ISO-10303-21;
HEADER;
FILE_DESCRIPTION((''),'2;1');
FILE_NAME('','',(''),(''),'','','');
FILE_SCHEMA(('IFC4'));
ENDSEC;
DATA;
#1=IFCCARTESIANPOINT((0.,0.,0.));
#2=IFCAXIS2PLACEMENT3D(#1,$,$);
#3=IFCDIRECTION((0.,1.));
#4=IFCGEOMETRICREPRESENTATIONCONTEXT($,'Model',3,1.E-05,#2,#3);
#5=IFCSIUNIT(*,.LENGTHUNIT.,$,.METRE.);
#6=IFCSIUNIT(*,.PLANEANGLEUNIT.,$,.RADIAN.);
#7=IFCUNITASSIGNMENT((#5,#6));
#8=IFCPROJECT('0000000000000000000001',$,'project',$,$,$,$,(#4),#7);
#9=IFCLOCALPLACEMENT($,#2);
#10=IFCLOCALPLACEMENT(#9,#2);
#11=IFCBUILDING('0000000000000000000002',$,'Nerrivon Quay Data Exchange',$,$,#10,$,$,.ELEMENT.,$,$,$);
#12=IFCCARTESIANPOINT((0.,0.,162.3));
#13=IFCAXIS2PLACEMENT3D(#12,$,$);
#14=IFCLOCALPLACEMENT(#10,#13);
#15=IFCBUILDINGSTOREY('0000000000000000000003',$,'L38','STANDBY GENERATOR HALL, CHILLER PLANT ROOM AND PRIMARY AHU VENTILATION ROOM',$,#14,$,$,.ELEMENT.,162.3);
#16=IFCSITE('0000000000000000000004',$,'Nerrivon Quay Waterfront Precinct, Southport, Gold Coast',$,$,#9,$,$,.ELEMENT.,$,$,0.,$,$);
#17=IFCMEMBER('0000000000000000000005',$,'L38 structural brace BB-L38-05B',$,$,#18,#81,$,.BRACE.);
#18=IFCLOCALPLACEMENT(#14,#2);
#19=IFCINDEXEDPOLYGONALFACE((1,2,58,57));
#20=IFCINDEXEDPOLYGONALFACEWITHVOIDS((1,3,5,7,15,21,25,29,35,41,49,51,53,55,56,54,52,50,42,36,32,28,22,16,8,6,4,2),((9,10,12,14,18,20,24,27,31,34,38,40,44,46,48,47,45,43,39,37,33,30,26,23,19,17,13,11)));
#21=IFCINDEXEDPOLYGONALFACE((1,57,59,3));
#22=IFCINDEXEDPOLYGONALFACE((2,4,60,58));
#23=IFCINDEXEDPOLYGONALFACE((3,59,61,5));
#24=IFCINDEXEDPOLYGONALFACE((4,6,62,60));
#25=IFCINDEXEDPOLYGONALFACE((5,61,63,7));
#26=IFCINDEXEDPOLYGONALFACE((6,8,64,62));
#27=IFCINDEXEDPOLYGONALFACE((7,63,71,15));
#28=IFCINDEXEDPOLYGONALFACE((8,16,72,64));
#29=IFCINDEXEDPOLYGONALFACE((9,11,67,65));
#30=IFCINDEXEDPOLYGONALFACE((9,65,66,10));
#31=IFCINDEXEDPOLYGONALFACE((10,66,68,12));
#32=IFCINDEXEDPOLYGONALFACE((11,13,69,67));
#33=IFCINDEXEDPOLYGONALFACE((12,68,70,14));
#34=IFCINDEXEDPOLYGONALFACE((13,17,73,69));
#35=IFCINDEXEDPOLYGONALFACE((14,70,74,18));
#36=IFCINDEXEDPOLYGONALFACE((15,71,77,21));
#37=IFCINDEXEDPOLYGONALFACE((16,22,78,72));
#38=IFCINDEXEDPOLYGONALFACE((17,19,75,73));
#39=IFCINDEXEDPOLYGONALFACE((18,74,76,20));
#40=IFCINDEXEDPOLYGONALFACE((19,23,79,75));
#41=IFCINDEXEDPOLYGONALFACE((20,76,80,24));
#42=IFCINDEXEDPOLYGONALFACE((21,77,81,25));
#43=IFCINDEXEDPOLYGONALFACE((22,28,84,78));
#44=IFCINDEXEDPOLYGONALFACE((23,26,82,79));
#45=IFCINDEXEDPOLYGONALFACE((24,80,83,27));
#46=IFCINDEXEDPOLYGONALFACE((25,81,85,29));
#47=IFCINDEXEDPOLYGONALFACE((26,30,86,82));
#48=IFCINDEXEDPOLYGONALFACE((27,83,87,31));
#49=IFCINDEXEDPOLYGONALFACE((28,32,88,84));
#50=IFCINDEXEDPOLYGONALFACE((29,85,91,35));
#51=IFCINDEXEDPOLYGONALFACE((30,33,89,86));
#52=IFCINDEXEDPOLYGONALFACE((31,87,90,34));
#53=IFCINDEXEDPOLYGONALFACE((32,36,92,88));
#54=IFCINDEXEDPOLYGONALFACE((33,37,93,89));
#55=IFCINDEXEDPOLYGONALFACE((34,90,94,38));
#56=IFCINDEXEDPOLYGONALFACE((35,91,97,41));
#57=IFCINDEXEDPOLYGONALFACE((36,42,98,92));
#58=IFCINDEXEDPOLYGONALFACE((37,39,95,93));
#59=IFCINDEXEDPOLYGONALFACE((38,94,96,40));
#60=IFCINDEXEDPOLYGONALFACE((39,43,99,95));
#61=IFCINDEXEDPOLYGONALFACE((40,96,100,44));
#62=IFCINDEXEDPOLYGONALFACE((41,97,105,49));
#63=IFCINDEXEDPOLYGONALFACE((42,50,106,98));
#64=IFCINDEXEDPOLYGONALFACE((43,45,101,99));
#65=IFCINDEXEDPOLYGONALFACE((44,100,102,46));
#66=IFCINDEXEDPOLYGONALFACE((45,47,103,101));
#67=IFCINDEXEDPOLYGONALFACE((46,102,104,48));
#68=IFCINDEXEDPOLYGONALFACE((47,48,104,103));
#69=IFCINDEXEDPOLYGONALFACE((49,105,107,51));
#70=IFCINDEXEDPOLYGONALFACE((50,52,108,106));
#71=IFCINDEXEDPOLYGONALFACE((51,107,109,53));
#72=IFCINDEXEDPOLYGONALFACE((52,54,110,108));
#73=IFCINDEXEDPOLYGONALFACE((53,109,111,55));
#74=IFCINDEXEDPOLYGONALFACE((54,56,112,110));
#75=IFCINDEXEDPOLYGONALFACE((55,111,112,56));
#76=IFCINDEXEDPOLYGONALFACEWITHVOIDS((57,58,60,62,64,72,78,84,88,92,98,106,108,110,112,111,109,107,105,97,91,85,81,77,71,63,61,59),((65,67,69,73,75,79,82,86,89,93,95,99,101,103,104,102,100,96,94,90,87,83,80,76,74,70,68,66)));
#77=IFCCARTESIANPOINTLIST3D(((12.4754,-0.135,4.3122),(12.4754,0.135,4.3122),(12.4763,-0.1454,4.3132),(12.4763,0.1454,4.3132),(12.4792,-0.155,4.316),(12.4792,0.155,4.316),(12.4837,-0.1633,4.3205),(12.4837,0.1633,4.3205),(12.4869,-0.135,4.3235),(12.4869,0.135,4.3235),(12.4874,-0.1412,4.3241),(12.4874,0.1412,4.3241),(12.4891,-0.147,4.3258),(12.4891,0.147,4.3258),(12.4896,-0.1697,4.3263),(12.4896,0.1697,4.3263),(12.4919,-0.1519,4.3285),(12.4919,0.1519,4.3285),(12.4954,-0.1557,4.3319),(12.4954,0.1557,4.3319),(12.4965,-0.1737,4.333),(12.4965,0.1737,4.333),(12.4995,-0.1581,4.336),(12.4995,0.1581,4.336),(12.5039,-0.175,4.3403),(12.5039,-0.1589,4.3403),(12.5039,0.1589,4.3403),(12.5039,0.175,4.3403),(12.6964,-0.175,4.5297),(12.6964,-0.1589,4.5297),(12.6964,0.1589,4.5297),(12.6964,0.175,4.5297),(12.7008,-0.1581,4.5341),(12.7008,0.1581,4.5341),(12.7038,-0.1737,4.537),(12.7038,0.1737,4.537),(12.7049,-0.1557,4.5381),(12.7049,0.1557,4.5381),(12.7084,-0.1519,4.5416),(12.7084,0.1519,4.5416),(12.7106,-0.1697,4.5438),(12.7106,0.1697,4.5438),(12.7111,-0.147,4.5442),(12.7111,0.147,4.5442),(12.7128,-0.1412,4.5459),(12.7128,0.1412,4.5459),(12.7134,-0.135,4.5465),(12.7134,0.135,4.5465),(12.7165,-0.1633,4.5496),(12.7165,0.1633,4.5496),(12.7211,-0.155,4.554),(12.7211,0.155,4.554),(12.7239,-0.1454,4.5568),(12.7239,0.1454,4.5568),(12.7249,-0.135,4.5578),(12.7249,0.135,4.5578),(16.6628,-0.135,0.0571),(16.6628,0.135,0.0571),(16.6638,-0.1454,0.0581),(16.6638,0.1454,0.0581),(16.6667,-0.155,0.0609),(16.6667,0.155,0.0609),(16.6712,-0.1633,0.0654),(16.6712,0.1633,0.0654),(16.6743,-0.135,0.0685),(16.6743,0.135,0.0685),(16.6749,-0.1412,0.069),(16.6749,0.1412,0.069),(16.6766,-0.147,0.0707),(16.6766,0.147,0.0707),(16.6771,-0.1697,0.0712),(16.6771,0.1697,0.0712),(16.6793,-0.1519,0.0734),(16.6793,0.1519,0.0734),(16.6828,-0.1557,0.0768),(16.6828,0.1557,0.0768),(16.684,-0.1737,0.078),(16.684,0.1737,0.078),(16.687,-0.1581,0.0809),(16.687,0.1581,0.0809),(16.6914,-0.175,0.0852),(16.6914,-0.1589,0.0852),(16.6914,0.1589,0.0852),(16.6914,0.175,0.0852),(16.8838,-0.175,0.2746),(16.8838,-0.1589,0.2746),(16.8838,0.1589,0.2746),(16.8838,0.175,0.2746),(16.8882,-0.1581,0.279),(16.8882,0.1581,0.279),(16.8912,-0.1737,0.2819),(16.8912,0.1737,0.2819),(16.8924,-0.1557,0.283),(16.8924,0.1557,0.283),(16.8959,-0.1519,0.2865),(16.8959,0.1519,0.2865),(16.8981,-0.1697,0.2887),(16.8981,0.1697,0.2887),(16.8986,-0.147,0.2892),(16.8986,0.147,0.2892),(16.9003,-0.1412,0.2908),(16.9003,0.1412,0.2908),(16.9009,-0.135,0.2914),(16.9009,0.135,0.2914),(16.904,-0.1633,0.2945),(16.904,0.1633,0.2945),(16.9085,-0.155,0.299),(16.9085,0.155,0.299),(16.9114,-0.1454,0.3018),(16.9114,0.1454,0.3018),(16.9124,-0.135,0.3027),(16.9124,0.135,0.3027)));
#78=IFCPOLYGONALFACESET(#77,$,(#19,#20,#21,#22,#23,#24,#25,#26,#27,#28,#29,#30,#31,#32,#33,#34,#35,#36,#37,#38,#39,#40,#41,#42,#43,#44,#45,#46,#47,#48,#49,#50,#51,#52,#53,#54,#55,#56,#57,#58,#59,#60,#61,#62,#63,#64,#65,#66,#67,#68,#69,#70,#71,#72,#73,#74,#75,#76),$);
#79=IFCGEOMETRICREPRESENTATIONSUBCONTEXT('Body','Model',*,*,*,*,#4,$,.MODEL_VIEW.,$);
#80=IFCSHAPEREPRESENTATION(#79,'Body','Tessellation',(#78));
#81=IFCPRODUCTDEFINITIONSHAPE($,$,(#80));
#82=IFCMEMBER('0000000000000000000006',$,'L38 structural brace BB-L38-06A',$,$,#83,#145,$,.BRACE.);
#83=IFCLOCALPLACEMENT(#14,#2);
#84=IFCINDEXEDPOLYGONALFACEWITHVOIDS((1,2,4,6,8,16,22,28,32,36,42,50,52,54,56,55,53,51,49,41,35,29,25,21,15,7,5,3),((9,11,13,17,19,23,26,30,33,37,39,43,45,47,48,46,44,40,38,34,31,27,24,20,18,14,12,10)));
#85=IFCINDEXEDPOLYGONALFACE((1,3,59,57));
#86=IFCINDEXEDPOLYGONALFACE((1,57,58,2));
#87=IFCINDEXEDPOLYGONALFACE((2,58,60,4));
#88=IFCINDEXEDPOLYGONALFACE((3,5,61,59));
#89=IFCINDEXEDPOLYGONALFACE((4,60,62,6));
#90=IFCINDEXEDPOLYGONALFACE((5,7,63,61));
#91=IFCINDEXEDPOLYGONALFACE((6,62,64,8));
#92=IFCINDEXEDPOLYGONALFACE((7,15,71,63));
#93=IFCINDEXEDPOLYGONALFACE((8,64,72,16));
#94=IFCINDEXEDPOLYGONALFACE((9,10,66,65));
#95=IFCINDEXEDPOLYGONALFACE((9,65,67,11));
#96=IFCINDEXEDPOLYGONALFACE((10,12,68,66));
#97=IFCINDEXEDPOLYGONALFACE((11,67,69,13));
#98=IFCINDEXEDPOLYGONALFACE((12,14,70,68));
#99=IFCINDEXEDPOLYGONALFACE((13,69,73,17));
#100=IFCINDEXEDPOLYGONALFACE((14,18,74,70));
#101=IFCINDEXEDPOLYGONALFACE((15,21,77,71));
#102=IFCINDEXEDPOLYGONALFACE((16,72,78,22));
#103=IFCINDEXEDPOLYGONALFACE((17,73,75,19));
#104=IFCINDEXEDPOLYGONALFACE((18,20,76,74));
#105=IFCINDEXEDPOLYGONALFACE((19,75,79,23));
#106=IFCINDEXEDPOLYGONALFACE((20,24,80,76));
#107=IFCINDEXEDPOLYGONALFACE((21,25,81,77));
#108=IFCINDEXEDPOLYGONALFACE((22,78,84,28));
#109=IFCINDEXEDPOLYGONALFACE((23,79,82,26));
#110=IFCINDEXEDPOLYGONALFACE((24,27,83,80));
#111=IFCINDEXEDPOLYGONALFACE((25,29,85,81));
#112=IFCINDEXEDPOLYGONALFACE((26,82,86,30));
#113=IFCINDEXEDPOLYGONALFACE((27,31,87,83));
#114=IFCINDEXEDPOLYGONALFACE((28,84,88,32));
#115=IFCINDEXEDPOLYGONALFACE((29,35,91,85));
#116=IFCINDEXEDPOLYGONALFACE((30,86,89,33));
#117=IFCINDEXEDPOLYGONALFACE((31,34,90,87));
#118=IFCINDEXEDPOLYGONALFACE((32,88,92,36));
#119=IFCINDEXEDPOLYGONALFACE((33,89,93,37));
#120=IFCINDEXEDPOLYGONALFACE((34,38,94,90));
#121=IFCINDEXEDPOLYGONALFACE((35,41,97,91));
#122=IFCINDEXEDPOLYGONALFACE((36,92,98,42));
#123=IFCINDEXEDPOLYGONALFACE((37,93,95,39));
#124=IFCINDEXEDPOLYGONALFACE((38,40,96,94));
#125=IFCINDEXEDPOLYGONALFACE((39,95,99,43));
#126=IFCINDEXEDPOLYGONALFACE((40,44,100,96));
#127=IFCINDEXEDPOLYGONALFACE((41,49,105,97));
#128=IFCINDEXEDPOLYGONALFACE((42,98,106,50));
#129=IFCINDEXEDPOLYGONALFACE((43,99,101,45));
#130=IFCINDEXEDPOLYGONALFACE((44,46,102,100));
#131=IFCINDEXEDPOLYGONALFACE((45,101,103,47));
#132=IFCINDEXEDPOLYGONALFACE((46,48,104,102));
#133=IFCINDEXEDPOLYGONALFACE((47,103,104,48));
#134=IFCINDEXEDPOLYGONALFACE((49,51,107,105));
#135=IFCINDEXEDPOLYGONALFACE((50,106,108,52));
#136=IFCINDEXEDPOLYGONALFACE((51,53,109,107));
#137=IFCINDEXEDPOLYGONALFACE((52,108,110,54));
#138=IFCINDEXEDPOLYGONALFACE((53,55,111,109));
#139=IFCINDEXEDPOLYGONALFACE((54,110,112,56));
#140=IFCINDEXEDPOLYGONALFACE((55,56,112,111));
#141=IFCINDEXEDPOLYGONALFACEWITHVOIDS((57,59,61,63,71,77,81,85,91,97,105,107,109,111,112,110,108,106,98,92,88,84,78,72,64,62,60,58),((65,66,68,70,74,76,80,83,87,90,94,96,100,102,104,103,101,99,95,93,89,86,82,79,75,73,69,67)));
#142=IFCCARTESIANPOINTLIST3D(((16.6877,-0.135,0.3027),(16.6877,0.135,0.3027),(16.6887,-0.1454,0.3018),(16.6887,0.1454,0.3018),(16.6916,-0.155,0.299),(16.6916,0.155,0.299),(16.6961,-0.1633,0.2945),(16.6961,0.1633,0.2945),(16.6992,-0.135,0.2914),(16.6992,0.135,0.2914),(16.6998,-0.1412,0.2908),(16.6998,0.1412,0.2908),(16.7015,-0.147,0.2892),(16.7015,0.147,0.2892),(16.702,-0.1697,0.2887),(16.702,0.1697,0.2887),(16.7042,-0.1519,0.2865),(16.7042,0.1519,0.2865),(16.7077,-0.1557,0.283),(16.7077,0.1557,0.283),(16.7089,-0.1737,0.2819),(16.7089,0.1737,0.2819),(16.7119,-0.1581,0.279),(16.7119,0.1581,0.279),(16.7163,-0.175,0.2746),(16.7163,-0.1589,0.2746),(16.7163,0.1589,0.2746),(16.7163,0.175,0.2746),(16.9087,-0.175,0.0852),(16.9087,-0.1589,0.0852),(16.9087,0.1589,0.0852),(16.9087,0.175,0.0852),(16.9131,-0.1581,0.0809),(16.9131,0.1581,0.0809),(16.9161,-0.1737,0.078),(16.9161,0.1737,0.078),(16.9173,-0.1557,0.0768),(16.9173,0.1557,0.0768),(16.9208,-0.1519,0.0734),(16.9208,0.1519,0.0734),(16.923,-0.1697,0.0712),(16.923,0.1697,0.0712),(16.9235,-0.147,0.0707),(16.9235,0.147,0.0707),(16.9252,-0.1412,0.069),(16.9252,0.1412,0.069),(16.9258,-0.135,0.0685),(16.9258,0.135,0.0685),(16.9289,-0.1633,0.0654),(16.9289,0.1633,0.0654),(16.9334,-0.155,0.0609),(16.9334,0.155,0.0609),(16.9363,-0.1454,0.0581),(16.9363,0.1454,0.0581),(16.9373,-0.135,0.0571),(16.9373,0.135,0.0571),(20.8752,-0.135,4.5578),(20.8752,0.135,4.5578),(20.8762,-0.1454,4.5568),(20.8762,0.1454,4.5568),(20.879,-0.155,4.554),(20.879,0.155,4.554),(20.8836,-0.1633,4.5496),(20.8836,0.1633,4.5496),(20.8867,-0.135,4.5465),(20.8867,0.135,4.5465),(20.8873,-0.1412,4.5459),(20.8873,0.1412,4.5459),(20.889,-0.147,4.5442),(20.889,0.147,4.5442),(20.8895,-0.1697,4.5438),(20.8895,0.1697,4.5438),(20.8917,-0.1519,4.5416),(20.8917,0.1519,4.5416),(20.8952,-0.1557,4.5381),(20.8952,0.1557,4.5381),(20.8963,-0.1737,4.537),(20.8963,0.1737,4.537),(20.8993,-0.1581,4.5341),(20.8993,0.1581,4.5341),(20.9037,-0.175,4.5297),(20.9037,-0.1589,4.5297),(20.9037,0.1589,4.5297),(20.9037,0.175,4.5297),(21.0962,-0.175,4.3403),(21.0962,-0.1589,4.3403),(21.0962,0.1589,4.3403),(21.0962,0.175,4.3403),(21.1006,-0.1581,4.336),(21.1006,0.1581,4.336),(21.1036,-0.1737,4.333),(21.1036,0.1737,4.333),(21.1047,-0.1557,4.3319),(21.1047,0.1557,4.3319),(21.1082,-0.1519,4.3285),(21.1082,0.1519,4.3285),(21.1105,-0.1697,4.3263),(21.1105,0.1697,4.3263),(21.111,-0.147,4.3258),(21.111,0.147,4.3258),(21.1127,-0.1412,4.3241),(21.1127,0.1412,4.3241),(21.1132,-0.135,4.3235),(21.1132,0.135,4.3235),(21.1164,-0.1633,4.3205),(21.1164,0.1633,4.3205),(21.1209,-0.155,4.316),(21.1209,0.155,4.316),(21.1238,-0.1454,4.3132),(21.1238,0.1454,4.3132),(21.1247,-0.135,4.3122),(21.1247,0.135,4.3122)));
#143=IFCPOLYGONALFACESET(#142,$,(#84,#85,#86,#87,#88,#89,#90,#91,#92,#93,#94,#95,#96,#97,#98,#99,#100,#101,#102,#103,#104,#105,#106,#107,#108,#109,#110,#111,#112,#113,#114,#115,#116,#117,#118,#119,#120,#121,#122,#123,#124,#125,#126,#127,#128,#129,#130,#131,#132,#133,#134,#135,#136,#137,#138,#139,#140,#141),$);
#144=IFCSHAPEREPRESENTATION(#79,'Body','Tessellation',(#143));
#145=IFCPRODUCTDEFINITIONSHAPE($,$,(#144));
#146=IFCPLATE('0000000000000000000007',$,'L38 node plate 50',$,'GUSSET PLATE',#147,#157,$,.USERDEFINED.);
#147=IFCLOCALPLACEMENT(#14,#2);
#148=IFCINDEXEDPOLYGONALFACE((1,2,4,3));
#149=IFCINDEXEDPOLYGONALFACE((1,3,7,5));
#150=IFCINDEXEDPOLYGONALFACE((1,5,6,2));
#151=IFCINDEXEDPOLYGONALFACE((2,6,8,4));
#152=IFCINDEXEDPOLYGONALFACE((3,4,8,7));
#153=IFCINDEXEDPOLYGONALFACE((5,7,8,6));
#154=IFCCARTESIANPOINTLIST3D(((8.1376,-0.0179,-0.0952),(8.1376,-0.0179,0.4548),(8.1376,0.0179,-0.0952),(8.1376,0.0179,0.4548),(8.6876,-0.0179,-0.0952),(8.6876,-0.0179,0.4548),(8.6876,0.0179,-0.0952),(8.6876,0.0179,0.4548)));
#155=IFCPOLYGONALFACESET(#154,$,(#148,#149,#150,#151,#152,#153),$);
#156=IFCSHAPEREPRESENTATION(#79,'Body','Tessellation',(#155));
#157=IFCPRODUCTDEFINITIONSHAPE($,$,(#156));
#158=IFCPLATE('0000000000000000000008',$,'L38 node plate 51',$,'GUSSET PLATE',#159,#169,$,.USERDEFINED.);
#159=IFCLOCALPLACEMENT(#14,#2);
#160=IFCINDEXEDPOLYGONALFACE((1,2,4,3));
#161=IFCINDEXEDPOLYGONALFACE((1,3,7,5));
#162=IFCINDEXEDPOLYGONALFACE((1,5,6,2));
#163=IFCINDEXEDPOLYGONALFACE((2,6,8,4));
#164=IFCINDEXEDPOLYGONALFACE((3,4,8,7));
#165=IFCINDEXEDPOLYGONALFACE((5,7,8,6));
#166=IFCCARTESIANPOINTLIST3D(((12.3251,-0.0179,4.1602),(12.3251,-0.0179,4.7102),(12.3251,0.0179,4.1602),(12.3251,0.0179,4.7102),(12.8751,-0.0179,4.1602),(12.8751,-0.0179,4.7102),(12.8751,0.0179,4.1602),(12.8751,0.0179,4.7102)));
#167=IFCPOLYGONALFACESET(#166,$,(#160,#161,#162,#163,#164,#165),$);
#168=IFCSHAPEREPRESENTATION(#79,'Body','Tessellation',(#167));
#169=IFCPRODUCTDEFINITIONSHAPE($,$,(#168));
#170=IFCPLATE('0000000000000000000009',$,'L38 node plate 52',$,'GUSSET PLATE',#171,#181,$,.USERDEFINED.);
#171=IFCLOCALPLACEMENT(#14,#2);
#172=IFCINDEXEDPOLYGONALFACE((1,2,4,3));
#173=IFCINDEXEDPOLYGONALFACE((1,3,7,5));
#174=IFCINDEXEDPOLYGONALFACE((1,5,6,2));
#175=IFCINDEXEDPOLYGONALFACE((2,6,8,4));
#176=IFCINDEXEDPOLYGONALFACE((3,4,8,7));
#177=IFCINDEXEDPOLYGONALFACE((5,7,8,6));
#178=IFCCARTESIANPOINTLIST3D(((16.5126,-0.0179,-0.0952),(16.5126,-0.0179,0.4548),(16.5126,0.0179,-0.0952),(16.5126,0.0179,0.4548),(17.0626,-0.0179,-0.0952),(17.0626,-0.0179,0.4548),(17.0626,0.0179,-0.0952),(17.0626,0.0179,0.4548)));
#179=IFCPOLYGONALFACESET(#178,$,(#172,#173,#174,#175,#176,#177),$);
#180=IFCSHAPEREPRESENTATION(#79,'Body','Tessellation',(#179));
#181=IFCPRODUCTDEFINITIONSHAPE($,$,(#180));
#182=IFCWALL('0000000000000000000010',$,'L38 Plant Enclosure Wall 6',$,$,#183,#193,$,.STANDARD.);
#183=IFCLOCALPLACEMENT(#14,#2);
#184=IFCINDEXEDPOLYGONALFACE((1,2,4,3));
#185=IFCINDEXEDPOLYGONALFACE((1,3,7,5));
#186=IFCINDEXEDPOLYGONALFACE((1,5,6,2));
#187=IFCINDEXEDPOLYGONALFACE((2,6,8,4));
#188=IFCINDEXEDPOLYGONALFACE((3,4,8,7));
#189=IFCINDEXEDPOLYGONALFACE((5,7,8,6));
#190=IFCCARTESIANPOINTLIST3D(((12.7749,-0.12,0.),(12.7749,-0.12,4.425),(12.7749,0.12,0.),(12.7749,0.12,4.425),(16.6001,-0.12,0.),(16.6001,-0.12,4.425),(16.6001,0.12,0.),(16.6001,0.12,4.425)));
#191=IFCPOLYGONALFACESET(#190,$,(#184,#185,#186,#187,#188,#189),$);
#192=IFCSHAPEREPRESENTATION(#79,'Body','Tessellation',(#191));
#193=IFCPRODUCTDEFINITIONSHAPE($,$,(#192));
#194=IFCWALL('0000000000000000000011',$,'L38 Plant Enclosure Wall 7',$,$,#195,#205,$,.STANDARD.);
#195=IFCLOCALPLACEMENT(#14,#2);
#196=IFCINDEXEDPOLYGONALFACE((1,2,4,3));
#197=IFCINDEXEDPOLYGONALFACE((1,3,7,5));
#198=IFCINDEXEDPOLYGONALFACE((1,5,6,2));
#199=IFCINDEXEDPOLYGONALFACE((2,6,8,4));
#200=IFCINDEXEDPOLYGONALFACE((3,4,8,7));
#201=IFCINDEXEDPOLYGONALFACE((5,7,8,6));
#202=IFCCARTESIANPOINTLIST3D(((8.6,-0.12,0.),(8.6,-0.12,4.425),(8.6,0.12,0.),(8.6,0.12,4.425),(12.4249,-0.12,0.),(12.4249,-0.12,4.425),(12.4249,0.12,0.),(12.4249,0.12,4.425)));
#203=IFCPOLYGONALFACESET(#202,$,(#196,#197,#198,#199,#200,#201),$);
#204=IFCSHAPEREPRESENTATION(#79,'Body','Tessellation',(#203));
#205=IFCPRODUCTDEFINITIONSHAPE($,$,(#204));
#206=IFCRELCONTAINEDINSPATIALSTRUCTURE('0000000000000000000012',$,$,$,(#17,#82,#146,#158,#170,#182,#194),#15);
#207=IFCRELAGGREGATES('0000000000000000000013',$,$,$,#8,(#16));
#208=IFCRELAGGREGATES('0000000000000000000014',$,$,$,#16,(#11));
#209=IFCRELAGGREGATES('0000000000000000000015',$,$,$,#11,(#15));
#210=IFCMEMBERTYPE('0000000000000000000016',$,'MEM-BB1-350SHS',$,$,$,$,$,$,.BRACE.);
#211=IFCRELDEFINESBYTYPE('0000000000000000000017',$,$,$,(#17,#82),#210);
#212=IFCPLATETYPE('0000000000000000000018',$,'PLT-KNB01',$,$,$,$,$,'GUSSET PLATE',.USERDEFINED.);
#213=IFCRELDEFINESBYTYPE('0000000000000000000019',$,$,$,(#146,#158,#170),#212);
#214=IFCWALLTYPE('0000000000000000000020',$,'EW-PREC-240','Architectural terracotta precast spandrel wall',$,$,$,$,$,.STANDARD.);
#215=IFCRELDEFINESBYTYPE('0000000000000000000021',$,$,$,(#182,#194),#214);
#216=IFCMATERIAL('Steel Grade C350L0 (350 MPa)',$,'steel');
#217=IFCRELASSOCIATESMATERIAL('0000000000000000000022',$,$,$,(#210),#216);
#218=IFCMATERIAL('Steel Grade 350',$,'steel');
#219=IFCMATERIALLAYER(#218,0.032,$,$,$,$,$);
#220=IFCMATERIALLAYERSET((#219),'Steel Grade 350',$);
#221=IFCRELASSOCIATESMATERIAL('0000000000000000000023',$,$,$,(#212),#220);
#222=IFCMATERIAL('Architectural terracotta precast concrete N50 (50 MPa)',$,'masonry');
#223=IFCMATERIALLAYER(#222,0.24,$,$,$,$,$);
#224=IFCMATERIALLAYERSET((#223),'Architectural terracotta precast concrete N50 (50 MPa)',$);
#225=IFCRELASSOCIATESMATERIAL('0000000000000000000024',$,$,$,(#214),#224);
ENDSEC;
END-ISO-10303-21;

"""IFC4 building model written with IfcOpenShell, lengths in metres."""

from ifc_helpers import new_model, si_unit, direction, frame, frame_2d, origin, origin_2d, place, context, subcontext, project, spatial, rectangle, hollow_rectangle, extrude, material, layer, layer_set, material_profile, profile_set, type_object, element, save


model = new_model("IFC4")

# Units and contexts
model_context = context("Model", 3, precision=1e-05, world=origin(), true_north=direction((0.0, 1.0)))
body_context = subcontext(model_context, "Body", "Model", "MODEL_VIEW")
ifc_project = project(units=[si_unit("LENGTHUNIT", "METRE"), si_unit("PLANEANGLEUNIT", "RADIAN")], contexts=[model_context])

# Site, building, storey
site_placement = place(None, origin())
site = spatial("IfcSite", under=ifc_project, at=site_placement, Name="Nerrivon Quay Waterfront Precinct, Southport, Gold Coast", CompositionType="ELEMENT", RefElevation=0.0)
building_placement = place(site_placement, origin())
building = spatial("IfcBuilding", under=site, at=building_placement, Name="Nerrivon Quay Data Exchange", CompositionType="ELEMENT")
storey_placement = place(building_placement, frame((0.0, 0.0, 162.3)))
storey = spatial("IfcBuildingStorey", under=building, at=storey_placement, Name="L38", Description="STANDBY GENERATOR HALL, CHILLER PLANT ROOM AND PRIMARY AHU VENTILATION ROOM", CompositionType="ELEMENT", Elevation=162.3)

# Shared definitions
ifc_material_1 = material(Name="Steel Grade 350", Category="steel")

# Shared definitions
ifc_material_2 = material(Name="Steel Grade C350L0 (350 MPa)", Category="steel")

# Members
ifc_material_profile_1 = material_profile(ifc_material_2, hollow_rectangle(XDim=0.3501, YDim=0.3501, WallThickness=0.0161, InnerFilletRadius=0.0239, OuterFilletRadius=0.04, at=origin_2d()), Name="350x350x16.0SHS")
ifc_profile_set_1 = profile_set([ifc_material_profile_1], Name="Steel Grade C350L0 (350 MPa)")
member_type = type_object("IfcMemberType", Name="MEM-BB1-350SHS", PredefinedType="BRACE", material=ifc_profile_set_1)
for number, where, z_axis, x_axis, name in (
    (1, (16.7876, 0.0, 0.1799), (-0.70142, 0.0, 0.712748), (0.0, -1.0, 0.0), "L38 structural brace BB-L38-05B"),
    (2, (16.8125, 0.0, 0.1799), (0.70142, 0.0, 0.712748), (0.0, 1.0, 0.0), "L38 structural brace BB-L38-06A"),
):
    element("IfcMember", number, at=place(storey_placement, frame(where, z_axis=z_axis, x_axis=x_axis)), inside=storey, type_object=member_type, Name=name, PredefinedType="BRACE", context=body_context, shape_type="SweptSolid", body=[
        extrude(hollow_rectangle(XDim=0.3501, YDim=0.3501, WallThickness=0.0161, InnerFilletRadius=0.0239, OuterFilletRadius=0.04, at=origin_2d()), origin(), (0.0, 0.0, 1.0), 5.97),
    ])

# Plates
ifc_layer_1 = layer(ifc_material_1, 0.032)
ifc_layer_set_1 = layer_set([ifc_layer_1], Name="Steel Grade 350")
plate_type = type_object("IfcPlateType", Name="PLT-KNB01", ElementType="GUSSET PLATE", PredefinedType="USERDEFINED", material=ifc_layer_set_1)
for number, where, z_axis, x_axis, name in (
    (3, (8.4126, 0.0, -0.0952), (0.0, 0.0, 1.0), (1.0, 0.0, 0.0), "L38 node plate 50"),
    (4, (12.6001, 0.0, 4.1602), (0.0, 0.0, 1.0), (1.0, 0.0, 0.0), "L38 node plate 51"),
    (5, (16.7876, 0.0, -0.0952), (0.0, 0.0, 1.0), (1.0, 0.0, 0.0), "L38 node plate 52"),
):
    element("IfcPlate", number, at=place(storey_placement, frame(where, z_axis=z_axis, x_axis=x_axis)), inside=storey, type_object=plate_type, Name=name, ObjectType="GUSSET PLATE", PredefinedType="USERDEFINED", context=body_context, shape_type="SweptSolid", body=[
        extrude(rectangle(XDim=0.55, YDim=0.0359, at=origin_2d()), origin(), (0.0, 0.0, 1.0), 0.55),
    ])

# Walls
ifc_material_3 = material(Name="Architectural terracotta precast concrete N50 (50 MPa)", Category="masonry")
ifc_layer_2 = layer(ifc_material_3, 0.24)
ifc_layer_set_2 = layer_set([ifc_layer_2], Name="Architectural terracotta precast concrete N50 (50 MPa)")
wall_type = type_object("IfcWallType", Name="EW-PREC-240", Description="Architectural terracotta precast spandrel wall", PredefinedType="STANDARD", material=ifc_layer_set_2)
wall_1_placement = place(storey_placement, frame((16.6001, 0.0, 0.0), z_axis=(0.0, 0.0, 1.0), x_axis=(-1.0, 0.0, 0.0)))
element("IfcWall", 6, at=wall_1_placement, inside=storey, type_object=wall_type, Name="L38 Plant Enclosure Wall 6", PredefinedType="STANDARD", context=body_context, shape_type="SweptSolid", body=[
    extrude(rectangle(XDim=3.8252, YDim=0.24, at=frame_2d((1.9126, 0.0))), origin(), (0.0, 0.0, 1.0), 4.425),
])
wall_2_placement = place(storey_placement, frame((12.425, 0.0, 0.0), z_axis=(0.0, 0.0, 1.0), x_axis=(-1.0, 0.0, 0.0)))
element("IfcWall", 7, at=wall_2_placement, inside=storey, type_object=wall_type, Name="L38 Plant Enclosure Wall 7", PredefinedType="STANDARD", context=body_context, shape_type="SweptSolid", body=[
    extrude(rectangle(XDim=3.825, YDim=0.24, at=frame_2d((1.9126, 0.0))), origin(), (0.0, 0.0, 1.0), 4.425),
])

save(model, "model.ifc")
